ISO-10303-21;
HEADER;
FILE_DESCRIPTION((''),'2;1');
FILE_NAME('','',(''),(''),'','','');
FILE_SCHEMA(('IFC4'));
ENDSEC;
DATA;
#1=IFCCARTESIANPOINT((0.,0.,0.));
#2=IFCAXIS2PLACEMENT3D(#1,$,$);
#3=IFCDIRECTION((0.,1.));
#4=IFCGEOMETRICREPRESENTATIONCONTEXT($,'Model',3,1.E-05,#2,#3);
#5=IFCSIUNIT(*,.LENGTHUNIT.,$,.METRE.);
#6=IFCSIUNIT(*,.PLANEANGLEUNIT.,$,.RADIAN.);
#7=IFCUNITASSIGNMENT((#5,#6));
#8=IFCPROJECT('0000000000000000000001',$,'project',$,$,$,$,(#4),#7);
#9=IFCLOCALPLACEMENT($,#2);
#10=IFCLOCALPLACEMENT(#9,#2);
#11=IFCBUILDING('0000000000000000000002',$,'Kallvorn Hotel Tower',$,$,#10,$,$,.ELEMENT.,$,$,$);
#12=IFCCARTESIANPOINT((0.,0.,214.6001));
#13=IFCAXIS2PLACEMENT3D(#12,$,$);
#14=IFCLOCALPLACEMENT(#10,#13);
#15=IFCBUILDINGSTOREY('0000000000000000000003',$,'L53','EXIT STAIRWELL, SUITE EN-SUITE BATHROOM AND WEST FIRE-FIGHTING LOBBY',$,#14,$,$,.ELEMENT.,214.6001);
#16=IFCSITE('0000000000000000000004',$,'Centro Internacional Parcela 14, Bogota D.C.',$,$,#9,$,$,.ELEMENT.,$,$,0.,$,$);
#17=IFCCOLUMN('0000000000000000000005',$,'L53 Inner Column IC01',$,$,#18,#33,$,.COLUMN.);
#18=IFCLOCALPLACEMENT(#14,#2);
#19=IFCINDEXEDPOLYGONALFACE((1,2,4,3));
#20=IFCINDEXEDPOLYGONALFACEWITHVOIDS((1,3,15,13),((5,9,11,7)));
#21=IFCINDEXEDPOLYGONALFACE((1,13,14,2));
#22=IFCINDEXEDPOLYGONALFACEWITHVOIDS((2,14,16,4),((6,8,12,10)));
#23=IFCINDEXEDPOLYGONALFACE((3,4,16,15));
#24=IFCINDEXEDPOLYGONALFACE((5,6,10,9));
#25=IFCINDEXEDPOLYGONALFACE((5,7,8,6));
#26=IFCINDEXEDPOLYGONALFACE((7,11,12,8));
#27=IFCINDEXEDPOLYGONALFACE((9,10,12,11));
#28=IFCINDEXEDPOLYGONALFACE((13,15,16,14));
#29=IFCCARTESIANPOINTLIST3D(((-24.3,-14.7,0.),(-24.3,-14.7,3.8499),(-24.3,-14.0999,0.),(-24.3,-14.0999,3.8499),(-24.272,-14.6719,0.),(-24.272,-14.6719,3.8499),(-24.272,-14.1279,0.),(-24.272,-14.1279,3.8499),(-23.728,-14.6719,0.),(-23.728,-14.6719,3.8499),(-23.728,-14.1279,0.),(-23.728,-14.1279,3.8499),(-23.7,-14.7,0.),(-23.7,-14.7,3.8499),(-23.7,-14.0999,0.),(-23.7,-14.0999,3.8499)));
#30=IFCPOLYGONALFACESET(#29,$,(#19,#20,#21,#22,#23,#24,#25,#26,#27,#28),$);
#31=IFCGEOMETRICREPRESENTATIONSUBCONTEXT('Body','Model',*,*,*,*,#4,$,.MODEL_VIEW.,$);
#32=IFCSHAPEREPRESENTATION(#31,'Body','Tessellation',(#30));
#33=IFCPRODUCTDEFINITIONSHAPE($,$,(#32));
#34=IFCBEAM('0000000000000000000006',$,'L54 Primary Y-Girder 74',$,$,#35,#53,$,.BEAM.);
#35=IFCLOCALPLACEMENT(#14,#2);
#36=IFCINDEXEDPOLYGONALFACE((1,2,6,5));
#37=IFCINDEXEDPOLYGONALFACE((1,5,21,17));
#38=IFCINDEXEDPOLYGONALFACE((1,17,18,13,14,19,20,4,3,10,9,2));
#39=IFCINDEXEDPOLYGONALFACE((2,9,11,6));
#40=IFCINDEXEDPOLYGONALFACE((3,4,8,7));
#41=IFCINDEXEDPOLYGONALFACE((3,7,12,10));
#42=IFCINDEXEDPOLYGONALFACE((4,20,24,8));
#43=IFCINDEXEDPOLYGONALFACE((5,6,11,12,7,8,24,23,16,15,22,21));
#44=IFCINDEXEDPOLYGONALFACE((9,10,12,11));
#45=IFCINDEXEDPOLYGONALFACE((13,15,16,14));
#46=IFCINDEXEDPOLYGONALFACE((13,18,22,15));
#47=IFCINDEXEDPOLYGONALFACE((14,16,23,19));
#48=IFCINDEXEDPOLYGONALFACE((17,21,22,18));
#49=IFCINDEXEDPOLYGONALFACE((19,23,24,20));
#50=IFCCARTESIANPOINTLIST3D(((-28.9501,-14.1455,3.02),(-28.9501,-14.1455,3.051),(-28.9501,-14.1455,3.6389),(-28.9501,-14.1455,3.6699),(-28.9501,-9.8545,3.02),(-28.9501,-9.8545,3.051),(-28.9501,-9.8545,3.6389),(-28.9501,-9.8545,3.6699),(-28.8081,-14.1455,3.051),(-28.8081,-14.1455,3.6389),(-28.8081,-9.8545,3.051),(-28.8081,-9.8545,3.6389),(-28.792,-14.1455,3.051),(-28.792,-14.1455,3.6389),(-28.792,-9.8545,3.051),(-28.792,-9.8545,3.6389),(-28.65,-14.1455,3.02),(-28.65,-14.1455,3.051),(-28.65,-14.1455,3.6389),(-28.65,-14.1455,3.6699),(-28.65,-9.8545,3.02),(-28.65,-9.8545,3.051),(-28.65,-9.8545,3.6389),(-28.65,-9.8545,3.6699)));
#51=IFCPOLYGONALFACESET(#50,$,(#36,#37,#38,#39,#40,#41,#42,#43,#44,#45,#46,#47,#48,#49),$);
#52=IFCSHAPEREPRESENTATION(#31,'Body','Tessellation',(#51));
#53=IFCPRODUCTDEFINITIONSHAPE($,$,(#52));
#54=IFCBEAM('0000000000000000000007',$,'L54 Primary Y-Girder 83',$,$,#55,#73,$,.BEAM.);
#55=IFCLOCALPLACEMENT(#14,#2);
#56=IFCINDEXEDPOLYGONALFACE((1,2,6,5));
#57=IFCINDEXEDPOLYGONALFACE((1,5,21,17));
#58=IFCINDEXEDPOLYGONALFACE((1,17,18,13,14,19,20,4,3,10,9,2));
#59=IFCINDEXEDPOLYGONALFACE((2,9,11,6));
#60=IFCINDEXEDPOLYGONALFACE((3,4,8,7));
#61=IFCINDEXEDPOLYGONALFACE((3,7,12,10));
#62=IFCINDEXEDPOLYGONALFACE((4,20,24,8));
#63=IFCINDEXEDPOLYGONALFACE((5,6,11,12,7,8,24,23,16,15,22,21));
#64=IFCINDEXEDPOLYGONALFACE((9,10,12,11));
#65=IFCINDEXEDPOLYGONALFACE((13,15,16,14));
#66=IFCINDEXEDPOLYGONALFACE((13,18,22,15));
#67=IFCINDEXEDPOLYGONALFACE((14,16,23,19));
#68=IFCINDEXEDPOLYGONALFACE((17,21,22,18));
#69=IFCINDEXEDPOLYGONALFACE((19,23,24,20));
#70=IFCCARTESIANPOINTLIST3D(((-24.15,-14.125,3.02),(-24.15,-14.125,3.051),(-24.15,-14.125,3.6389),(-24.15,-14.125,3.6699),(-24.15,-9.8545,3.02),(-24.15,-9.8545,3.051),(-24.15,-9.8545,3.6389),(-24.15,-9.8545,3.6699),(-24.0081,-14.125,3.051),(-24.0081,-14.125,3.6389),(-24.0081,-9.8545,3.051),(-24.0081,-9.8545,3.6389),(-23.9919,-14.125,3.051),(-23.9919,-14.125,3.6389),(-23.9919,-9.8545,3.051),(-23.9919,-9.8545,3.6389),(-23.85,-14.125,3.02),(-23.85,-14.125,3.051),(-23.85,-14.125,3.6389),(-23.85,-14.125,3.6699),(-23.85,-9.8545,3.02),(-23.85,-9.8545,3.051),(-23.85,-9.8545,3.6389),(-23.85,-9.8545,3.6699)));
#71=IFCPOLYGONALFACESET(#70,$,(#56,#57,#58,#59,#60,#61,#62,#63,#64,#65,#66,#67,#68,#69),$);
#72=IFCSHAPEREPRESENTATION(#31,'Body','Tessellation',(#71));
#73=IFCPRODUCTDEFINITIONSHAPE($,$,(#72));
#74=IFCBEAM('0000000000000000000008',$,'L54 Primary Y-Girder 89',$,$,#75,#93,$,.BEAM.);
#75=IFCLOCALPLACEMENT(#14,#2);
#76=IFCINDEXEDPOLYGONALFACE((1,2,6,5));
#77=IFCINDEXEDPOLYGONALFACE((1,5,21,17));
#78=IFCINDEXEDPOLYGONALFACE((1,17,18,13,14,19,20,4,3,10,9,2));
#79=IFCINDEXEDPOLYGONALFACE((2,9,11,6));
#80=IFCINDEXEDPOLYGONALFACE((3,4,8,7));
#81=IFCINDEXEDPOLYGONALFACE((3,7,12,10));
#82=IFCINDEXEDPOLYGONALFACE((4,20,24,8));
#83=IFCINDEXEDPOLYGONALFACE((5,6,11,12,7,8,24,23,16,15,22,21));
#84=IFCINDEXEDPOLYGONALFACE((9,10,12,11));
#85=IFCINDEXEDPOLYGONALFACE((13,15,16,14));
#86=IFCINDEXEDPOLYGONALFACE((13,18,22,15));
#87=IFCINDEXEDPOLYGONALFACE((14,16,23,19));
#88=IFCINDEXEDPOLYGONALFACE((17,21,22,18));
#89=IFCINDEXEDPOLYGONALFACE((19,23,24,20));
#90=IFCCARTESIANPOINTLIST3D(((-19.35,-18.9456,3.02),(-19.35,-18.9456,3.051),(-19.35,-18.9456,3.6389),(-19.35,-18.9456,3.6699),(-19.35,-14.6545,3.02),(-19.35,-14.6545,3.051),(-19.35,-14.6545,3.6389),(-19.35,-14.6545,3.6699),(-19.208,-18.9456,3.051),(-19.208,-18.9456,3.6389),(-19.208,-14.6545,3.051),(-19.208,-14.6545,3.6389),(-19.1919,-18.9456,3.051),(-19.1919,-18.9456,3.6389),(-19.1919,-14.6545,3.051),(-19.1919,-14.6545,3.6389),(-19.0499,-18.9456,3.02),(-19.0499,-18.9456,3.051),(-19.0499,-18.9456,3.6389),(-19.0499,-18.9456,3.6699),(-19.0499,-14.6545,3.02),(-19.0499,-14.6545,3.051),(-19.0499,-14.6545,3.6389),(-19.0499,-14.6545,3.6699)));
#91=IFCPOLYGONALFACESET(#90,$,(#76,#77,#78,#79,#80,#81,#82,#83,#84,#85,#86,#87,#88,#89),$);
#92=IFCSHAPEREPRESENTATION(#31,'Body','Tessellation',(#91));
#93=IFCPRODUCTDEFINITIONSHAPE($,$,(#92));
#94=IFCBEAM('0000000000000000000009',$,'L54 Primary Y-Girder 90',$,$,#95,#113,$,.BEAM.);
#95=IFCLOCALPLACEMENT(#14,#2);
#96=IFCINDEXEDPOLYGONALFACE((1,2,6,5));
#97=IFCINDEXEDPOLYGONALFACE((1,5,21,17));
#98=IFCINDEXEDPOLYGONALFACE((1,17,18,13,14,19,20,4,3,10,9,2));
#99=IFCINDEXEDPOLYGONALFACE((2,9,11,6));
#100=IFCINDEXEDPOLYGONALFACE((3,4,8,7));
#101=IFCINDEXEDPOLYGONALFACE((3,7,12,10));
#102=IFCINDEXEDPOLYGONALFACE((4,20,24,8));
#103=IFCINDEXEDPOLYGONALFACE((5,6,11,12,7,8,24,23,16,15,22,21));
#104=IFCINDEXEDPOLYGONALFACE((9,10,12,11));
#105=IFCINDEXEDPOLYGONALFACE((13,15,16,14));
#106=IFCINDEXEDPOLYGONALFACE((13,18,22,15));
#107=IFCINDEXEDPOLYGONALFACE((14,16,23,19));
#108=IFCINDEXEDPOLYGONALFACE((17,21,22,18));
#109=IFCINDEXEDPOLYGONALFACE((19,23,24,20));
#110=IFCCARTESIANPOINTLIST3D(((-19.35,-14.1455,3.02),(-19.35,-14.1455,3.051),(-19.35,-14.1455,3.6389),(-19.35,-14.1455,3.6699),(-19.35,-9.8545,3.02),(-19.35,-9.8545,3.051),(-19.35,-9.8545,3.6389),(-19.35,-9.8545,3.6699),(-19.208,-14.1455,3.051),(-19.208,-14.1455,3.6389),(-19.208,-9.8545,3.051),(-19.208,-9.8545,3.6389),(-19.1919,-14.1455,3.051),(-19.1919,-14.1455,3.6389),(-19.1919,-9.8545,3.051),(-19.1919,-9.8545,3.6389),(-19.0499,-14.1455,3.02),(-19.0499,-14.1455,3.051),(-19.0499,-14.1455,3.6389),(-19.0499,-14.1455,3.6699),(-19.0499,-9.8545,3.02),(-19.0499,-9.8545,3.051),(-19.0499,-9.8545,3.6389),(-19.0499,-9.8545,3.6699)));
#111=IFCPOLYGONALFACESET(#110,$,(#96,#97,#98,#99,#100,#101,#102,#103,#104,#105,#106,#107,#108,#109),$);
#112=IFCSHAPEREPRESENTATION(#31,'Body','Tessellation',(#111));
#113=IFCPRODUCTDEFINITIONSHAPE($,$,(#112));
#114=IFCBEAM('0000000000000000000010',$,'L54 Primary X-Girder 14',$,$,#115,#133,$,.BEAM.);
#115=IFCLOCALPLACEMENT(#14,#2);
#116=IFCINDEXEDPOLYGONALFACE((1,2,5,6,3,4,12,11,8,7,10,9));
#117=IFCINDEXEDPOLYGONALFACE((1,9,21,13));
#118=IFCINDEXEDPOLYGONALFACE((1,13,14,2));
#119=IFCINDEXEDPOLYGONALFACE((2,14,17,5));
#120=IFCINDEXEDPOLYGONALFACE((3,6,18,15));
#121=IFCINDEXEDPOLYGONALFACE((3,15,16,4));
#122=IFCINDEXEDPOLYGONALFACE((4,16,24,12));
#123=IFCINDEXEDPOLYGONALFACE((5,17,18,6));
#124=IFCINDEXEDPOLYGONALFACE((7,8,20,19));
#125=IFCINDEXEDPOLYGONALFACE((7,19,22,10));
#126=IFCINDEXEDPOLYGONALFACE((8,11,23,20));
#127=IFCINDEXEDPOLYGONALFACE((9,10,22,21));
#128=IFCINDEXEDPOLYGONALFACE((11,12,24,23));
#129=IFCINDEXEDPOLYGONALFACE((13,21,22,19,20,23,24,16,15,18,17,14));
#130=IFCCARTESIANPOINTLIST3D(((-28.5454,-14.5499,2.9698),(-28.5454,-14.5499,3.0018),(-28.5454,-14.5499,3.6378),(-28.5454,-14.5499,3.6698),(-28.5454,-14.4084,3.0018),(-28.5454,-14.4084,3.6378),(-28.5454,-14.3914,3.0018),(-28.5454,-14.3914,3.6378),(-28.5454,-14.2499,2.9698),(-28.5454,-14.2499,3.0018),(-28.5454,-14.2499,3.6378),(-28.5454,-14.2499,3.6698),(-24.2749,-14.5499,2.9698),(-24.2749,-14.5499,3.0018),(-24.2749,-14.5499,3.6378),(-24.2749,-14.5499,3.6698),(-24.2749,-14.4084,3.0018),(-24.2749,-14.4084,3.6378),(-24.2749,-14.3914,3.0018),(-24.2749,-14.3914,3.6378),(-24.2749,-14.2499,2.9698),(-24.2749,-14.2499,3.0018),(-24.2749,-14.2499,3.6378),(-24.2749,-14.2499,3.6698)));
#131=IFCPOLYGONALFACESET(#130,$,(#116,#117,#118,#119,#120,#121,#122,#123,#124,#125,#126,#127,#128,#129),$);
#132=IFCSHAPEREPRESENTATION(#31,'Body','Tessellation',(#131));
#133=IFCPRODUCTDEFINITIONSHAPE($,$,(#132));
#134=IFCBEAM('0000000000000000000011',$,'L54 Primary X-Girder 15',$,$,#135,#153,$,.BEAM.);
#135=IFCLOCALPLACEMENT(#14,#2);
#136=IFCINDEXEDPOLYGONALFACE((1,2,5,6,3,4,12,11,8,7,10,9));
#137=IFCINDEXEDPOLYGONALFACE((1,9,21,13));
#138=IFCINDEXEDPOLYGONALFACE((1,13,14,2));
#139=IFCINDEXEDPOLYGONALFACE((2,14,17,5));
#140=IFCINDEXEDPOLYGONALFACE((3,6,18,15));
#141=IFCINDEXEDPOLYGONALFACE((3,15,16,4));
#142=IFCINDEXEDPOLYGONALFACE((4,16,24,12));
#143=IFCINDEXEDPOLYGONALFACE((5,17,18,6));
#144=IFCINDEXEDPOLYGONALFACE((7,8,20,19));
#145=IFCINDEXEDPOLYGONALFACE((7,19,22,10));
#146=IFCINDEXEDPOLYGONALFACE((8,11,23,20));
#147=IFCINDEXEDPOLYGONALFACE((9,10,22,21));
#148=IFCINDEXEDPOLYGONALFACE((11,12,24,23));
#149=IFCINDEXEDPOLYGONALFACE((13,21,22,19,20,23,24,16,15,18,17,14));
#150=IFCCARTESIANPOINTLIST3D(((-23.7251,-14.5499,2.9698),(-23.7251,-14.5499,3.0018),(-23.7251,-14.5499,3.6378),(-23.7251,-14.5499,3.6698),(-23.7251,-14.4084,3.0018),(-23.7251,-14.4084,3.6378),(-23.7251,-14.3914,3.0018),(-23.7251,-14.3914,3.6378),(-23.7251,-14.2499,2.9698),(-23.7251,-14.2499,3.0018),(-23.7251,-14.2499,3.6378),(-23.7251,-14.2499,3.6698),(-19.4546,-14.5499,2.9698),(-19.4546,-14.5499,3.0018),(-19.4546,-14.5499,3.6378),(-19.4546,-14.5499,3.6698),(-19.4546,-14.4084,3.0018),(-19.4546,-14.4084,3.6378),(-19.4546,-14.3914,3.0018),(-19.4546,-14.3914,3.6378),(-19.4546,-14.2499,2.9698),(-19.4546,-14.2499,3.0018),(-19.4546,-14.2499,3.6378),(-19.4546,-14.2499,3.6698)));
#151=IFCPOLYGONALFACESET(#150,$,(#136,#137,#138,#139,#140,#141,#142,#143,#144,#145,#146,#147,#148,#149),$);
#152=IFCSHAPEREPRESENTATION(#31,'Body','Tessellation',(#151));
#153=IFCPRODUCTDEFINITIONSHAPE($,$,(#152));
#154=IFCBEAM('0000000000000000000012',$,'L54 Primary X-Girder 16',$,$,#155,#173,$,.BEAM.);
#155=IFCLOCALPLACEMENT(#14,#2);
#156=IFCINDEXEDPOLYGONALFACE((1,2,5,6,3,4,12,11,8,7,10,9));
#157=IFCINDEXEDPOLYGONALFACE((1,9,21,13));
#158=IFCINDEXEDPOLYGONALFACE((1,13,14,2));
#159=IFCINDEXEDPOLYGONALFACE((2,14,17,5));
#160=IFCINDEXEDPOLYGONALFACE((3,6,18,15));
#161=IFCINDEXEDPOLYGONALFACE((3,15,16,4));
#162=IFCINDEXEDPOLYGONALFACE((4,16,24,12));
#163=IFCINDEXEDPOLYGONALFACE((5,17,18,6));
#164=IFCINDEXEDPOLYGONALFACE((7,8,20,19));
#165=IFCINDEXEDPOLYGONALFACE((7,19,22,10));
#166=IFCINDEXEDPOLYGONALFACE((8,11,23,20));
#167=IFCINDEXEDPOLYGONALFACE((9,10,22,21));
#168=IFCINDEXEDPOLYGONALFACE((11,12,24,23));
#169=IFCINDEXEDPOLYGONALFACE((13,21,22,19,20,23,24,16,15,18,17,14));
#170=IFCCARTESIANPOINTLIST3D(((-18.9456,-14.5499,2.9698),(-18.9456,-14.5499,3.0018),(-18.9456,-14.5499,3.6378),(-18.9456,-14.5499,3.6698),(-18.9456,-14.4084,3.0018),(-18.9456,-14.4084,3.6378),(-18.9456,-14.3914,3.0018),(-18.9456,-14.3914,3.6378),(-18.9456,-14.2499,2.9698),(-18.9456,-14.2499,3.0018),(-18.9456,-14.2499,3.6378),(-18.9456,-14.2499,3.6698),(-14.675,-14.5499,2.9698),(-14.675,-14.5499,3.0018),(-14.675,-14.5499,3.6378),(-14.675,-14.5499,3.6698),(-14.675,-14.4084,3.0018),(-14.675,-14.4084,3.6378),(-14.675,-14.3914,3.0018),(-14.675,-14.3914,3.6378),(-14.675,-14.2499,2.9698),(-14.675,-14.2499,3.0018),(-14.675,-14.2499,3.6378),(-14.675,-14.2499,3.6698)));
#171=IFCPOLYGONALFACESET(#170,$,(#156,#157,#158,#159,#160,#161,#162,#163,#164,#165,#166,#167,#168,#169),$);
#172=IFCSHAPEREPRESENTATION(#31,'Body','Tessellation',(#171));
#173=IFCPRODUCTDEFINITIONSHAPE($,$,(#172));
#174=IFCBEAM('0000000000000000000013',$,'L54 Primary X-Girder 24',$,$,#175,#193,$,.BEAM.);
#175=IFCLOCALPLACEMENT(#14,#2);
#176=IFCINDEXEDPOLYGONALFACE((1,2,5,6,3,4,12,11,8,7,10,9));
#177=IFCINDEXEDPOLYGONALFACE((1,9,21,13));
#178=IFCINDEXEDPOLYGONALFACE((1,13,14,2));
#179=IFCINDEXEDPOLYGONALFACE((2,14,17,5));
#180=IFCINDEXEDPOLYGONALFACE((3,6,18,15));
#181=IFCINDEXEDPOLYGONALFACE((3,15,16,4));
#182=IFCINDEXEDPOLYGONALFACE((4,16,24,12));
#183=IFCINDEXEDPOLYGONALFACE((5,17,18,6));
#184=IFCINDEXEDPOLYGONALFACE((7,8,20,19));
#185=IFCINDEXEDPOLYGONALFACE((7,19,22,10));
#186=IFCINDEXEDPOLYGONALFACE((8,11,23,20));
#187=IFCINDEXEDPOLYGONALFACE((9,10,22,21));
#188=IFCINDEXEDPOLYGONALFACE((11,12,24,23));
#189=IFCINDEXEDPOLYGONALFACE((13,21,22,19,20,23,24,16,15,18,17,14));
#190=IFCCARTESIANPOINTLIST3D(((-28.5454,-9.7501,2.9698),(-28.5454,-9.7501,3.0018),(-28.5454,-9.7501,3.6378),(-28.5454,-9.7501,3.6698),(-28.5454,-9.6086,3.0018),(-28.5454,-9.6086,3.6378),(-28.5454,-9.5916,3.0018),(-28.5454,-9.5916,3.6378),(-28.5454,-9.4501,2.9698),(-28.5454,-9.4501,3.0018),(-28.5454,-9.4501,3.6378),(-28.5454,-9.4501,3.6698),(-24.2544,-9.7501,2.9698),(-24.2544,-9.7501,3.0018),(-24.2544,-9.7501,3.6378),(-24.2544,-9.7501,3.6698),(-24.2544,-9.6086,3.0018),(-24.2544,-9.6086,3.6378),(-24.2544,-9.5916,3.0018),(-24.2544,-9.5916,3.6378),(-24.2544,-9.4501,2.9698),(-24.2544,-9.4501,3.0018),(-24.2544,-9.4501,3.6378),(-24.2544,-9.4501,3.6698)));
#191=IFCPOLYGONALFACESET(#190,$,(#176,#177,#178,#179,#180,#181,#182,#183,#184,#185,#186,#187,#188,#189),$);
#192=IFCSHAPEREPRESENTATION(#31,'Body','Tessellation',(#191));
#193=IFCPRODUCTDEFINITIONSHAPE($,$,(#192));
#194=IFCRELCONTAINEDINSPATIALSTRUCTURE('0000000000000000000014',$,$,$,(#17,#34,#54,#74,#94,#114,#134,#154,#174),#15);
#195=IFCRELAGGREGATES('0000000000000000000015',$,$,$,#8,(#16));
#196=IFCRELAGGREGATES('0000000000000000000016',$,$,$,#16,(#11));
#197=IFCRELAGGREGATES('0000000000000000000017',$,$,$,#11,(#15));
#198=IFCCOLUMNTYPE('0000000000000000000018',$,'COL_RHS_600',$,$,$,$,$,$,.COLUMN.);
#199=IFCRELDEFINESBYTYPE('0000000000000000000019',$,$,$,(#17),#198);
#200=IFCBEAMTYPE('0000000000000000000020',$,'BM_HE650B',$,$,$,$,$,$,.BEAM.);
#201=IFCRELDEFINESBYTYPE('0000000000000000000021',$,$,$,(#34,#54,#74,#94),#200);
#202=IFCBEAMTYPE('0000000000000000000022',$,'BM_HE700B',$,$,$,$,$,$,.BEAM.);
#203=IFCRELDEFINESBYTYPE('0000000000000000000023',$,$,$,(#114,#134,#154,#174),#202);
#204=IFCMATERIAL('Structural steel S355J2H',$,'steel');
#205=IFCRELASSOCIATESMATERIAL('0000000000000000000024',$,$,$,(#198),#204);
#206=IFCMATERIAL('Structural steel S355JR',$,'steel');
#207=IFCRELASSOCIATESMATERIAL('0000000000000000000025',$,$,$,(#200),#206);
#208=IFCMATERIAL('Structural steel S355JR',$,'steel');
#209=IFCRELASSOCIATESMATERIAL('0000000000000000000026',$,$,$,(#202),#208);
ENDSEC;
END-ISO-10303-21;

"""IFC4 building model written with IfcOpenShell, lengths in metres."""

from ifc_helpers import new_model, si_unit, direction, frame, origin, origin_2d, place, context, subcontext, project, spatial, hollow_rectangle, i_section, extrude, material, material_profile, profile_set, type_object, element, save


model = new_model("IFC4")

# Units and contexts
model_context = context("Model", 3, precision=1e-05, world=origin(), true_north=direction((0.0, 1.0)))
body_context = subcontext(model_context, "Body", "Model", "MODEL_VIEW")
ifc_project = project(units=[si_unit("LENGTHUNIT", "METRE"), si_unit("PLANEANGLEUNIT", "RADIAN")], contexts=[model_context])

# Site, building, storey
site_placement = place(None, origin())
site = spatial("IfcSite", under=ifc_project, at=site_placement, Name="Centro Internacional Parcela 14, Bogota D.C.", CompositionType="ELEMENT", RefElevation=0.0)
building_placement = place(site_placement, origin())
building = spatial("IfcBuilding", under=site, at=building_placement, Name="Kallvorn Hotel Tower", CompositionType="ELEMENT")
storey_placement = place(building_placement, frame((0.0, 0.0, 214.6001)))
storey = spatial("IfcBuildingStorey", under=building, at=storey_placement, Name="L53", Description="EXIT STAIRWELL, SUITE EN-SUITE BATHROOM AND WEST FIRE-FIGHTING LOBBY", CompositionType="ELEMENT", Elevation=214.6001)

# Column
ifc_material_1 = material(Name="Structural steel S355J2H", Category="steel")
ifc_material_profile_1 = material_profile(ifc_material_1, hollow_rectangle(XDim=0.6001, YDim=0.6001, WallThickness=0.0281, at=origin_2d()), Name="RHS 600x600x28")
ifc_profile_set_1 = profile_set([ifc_material_profile_1], Name="Structural steel S355J2H")
column_type_1 = type_object("IfcColumnType", Name="COL_RHS_600", PredefinedType="COLUMN", material=ifc_profile_set_1)
column_placement = place(storey_placement, frame((-24.0, -14.3999, 0.0), z_axis=(0.0, 0.0, 1.0), x_axis=(1.0, 0.0, 0.0)))
element("IfcColumn", 1, at=column_placement, inside=storey, type_object=column_type_1, Name="L53 Inner Column IC01", PredefinedType="COLUMN", context=body_context, shape_type="SweptSolid", body=[
    extrude(hollow_rectangle(XDim=0.6001, YDim=0.6001, WallThickness=0.0281, at=origin_2d()), origin(), (0.0, 0.0, 1.0), 3.8499),
])

# Beams
ifc_material_2 = material(Name="Structural steel S355JR", Category="steel")
ifc_material_profile_2 = material_profile(ifc_material_2, i_section(OverallWidth=0.3, OverallDepth=0.6499, WebThickness=0.0161, FlangeThickness=0.031, at=origin_2d()), Name="HE 650 B")
ifc_profile_set_2 = profile_set([ifc_material_profile_2], Name="Structural steel S355JR")
beam_type_1 = type_object("IfcBeamType", Name="BM_HE650B", PredefinedType="BEAM", material=ifc_profile_set_2)
beam_1_placement = place(storey_placement, frame((-28.8, -14.1455, 3.345), z_axis=(0.0, 1.0, 0.0), x_axis=(-1.0, 0.0, 0.0)))
element("IfcBeam", 2, at=beam_1_placement, inside=storey, type_object=beam_type_1, Name="L54 Primary Y-Girder 74", PredefinedType="BEAM", context=body_context, shape_type="SweptSolid", body=[
    extrude(i_section(OverallWidth=0.3, OverallDepth=0.6499, WebThickness=0.0161, FlangeThickness=0.031, at=origin_2d()), origin(), (0.0, 0.0, 1.0), 4.291),
])
beam_2_placement = place(storey_placement, frame((-24.0, -14.125, 3.345), z_axis=(0.0, 1.0, 0.0), x_axis=(-1.0, 0.0, 0.0)))
element("IfcBeam", 3, at=beam_2_placement, inside=storey, type_object=beam_type_1, Name="L54 Primary Y-Girder 83", PredefinedType="BEAM", context=body_context, shape_type="SweptSolid", body=[
    extrude(i_section(OverallWidth=0.3, OverallDepth=0.6499, WebThickness=0.0161, FlangeThickness=0.031, at=origin_2d()), origin(), (0.0, 0.0, 1.0), 4.2705),
])
for number, where, z_axis, x_axis, name in (
    (4, (-19.2, -18.9456, 3.345), (0.0, 1.0, 0.0), (-1.0, 0.0, 0.0), "L54 Primary Y-Girder 89"),
    (5, (-19.2, -14.1455, 3.345), (0.0, 1.0, 0.0), (-1.0, 0.0, 0.0), "L54 Primary Y-Girder 90"),
):
    element("IfcBeam", number, at=place(storey_placement, frame(where, z_axis=z_axis, x_axis=x_axis)), inside=storey, type_object=beam_type_1, Name=name, PredefinedType="BEAM", context=body_context, shape_type="SweptSolid", body=[
        extrude(i_section(OverallWidth=0.3, OverallDepth=0.6499, WebThickness=0.0161, FlangeThickness=0.031, at=origin_2d()), origin(), (0.0, 0.0, 1.0), 4.291),
    ])
ifc_material_3 = material(Name="Structural steel S355JR", Category="steel")
ifc_material_profile_3 = material_profile(ifc_material_3, i_section(OverallWidth=0.3, OverallDepth=0.7, WebThickness=0.0171, FlangeThickness=0.032, at=origin_2d()), Name="HE 700 B")
ifc_profile_set_3 = profile_set([ifc_material_profile_3], Name="Structural steel S355JR")
beam_type_2 = type_object("IfcBeamType", Name="BM_HE700B", PredefinedType="BEAM", material=ifc_profile_set_3)
for number, where, z_axis, x_axis, name in (
    (6, (-28.5454, -14.3999, 3.3198), (1.0, 0.0, 0.0), (0.0, 1.0, 0.0), "L54 Primary X-Girder 14"),
    (7, (-23.7251, -14.3999, 3.3198), (1.0, 0.0, 0.0), (0.0, 1.0, 0.0), "L54 Primary X-Girder 15"),
    (8, (-18.9456, -14.3999, 3.3198), (1.0, 0.0, 0.0), (0.0, 1.0, 0.0), "L54 Primary X-Girder 16"),
):
    element("IfcBeam", number, at=place(storey_placement, frame(where, z_axis=z_axis, x_axis=x_axis)), inside=storey, type_object=beam_type_2, Name=name, PredefinedType="BEAM", context=body_context, shape_type="SweptSolid", body=[
        extrude(i_section(OverallWidth=0.3, OverallDepth=0.7, WebThickness=0.0171, FlangeThickness=0.032, at=origin_2d()), origin(), (0.0, 0.0, 1.0), 4.2705),
    ])
beam_3_placement = place(storey_placement, frame((-28.5454, -9.6001, 3.3198), z_axis=(1.0, 0.0, 0.0), x_axis=(0.0, 1.0, 0.0)))
element("IfcBeam", 9, at=beam_3_placement, inside=storey, type_object=beam_type_2, Name="L54 Primary X-Girder 24", PredefinedType="BEAM", context=body_context, shape_type="SweptSolid", body=[
    extrude(i_section(OverallWidth=0.3, OverallDepth=0.7, WebThickness=0.0171, FlangeThickness=0.032, at=origin_2d()), origin(), (0.0, 0.0, 1.0), 4.291),
])

save(model, "model.ifc")
